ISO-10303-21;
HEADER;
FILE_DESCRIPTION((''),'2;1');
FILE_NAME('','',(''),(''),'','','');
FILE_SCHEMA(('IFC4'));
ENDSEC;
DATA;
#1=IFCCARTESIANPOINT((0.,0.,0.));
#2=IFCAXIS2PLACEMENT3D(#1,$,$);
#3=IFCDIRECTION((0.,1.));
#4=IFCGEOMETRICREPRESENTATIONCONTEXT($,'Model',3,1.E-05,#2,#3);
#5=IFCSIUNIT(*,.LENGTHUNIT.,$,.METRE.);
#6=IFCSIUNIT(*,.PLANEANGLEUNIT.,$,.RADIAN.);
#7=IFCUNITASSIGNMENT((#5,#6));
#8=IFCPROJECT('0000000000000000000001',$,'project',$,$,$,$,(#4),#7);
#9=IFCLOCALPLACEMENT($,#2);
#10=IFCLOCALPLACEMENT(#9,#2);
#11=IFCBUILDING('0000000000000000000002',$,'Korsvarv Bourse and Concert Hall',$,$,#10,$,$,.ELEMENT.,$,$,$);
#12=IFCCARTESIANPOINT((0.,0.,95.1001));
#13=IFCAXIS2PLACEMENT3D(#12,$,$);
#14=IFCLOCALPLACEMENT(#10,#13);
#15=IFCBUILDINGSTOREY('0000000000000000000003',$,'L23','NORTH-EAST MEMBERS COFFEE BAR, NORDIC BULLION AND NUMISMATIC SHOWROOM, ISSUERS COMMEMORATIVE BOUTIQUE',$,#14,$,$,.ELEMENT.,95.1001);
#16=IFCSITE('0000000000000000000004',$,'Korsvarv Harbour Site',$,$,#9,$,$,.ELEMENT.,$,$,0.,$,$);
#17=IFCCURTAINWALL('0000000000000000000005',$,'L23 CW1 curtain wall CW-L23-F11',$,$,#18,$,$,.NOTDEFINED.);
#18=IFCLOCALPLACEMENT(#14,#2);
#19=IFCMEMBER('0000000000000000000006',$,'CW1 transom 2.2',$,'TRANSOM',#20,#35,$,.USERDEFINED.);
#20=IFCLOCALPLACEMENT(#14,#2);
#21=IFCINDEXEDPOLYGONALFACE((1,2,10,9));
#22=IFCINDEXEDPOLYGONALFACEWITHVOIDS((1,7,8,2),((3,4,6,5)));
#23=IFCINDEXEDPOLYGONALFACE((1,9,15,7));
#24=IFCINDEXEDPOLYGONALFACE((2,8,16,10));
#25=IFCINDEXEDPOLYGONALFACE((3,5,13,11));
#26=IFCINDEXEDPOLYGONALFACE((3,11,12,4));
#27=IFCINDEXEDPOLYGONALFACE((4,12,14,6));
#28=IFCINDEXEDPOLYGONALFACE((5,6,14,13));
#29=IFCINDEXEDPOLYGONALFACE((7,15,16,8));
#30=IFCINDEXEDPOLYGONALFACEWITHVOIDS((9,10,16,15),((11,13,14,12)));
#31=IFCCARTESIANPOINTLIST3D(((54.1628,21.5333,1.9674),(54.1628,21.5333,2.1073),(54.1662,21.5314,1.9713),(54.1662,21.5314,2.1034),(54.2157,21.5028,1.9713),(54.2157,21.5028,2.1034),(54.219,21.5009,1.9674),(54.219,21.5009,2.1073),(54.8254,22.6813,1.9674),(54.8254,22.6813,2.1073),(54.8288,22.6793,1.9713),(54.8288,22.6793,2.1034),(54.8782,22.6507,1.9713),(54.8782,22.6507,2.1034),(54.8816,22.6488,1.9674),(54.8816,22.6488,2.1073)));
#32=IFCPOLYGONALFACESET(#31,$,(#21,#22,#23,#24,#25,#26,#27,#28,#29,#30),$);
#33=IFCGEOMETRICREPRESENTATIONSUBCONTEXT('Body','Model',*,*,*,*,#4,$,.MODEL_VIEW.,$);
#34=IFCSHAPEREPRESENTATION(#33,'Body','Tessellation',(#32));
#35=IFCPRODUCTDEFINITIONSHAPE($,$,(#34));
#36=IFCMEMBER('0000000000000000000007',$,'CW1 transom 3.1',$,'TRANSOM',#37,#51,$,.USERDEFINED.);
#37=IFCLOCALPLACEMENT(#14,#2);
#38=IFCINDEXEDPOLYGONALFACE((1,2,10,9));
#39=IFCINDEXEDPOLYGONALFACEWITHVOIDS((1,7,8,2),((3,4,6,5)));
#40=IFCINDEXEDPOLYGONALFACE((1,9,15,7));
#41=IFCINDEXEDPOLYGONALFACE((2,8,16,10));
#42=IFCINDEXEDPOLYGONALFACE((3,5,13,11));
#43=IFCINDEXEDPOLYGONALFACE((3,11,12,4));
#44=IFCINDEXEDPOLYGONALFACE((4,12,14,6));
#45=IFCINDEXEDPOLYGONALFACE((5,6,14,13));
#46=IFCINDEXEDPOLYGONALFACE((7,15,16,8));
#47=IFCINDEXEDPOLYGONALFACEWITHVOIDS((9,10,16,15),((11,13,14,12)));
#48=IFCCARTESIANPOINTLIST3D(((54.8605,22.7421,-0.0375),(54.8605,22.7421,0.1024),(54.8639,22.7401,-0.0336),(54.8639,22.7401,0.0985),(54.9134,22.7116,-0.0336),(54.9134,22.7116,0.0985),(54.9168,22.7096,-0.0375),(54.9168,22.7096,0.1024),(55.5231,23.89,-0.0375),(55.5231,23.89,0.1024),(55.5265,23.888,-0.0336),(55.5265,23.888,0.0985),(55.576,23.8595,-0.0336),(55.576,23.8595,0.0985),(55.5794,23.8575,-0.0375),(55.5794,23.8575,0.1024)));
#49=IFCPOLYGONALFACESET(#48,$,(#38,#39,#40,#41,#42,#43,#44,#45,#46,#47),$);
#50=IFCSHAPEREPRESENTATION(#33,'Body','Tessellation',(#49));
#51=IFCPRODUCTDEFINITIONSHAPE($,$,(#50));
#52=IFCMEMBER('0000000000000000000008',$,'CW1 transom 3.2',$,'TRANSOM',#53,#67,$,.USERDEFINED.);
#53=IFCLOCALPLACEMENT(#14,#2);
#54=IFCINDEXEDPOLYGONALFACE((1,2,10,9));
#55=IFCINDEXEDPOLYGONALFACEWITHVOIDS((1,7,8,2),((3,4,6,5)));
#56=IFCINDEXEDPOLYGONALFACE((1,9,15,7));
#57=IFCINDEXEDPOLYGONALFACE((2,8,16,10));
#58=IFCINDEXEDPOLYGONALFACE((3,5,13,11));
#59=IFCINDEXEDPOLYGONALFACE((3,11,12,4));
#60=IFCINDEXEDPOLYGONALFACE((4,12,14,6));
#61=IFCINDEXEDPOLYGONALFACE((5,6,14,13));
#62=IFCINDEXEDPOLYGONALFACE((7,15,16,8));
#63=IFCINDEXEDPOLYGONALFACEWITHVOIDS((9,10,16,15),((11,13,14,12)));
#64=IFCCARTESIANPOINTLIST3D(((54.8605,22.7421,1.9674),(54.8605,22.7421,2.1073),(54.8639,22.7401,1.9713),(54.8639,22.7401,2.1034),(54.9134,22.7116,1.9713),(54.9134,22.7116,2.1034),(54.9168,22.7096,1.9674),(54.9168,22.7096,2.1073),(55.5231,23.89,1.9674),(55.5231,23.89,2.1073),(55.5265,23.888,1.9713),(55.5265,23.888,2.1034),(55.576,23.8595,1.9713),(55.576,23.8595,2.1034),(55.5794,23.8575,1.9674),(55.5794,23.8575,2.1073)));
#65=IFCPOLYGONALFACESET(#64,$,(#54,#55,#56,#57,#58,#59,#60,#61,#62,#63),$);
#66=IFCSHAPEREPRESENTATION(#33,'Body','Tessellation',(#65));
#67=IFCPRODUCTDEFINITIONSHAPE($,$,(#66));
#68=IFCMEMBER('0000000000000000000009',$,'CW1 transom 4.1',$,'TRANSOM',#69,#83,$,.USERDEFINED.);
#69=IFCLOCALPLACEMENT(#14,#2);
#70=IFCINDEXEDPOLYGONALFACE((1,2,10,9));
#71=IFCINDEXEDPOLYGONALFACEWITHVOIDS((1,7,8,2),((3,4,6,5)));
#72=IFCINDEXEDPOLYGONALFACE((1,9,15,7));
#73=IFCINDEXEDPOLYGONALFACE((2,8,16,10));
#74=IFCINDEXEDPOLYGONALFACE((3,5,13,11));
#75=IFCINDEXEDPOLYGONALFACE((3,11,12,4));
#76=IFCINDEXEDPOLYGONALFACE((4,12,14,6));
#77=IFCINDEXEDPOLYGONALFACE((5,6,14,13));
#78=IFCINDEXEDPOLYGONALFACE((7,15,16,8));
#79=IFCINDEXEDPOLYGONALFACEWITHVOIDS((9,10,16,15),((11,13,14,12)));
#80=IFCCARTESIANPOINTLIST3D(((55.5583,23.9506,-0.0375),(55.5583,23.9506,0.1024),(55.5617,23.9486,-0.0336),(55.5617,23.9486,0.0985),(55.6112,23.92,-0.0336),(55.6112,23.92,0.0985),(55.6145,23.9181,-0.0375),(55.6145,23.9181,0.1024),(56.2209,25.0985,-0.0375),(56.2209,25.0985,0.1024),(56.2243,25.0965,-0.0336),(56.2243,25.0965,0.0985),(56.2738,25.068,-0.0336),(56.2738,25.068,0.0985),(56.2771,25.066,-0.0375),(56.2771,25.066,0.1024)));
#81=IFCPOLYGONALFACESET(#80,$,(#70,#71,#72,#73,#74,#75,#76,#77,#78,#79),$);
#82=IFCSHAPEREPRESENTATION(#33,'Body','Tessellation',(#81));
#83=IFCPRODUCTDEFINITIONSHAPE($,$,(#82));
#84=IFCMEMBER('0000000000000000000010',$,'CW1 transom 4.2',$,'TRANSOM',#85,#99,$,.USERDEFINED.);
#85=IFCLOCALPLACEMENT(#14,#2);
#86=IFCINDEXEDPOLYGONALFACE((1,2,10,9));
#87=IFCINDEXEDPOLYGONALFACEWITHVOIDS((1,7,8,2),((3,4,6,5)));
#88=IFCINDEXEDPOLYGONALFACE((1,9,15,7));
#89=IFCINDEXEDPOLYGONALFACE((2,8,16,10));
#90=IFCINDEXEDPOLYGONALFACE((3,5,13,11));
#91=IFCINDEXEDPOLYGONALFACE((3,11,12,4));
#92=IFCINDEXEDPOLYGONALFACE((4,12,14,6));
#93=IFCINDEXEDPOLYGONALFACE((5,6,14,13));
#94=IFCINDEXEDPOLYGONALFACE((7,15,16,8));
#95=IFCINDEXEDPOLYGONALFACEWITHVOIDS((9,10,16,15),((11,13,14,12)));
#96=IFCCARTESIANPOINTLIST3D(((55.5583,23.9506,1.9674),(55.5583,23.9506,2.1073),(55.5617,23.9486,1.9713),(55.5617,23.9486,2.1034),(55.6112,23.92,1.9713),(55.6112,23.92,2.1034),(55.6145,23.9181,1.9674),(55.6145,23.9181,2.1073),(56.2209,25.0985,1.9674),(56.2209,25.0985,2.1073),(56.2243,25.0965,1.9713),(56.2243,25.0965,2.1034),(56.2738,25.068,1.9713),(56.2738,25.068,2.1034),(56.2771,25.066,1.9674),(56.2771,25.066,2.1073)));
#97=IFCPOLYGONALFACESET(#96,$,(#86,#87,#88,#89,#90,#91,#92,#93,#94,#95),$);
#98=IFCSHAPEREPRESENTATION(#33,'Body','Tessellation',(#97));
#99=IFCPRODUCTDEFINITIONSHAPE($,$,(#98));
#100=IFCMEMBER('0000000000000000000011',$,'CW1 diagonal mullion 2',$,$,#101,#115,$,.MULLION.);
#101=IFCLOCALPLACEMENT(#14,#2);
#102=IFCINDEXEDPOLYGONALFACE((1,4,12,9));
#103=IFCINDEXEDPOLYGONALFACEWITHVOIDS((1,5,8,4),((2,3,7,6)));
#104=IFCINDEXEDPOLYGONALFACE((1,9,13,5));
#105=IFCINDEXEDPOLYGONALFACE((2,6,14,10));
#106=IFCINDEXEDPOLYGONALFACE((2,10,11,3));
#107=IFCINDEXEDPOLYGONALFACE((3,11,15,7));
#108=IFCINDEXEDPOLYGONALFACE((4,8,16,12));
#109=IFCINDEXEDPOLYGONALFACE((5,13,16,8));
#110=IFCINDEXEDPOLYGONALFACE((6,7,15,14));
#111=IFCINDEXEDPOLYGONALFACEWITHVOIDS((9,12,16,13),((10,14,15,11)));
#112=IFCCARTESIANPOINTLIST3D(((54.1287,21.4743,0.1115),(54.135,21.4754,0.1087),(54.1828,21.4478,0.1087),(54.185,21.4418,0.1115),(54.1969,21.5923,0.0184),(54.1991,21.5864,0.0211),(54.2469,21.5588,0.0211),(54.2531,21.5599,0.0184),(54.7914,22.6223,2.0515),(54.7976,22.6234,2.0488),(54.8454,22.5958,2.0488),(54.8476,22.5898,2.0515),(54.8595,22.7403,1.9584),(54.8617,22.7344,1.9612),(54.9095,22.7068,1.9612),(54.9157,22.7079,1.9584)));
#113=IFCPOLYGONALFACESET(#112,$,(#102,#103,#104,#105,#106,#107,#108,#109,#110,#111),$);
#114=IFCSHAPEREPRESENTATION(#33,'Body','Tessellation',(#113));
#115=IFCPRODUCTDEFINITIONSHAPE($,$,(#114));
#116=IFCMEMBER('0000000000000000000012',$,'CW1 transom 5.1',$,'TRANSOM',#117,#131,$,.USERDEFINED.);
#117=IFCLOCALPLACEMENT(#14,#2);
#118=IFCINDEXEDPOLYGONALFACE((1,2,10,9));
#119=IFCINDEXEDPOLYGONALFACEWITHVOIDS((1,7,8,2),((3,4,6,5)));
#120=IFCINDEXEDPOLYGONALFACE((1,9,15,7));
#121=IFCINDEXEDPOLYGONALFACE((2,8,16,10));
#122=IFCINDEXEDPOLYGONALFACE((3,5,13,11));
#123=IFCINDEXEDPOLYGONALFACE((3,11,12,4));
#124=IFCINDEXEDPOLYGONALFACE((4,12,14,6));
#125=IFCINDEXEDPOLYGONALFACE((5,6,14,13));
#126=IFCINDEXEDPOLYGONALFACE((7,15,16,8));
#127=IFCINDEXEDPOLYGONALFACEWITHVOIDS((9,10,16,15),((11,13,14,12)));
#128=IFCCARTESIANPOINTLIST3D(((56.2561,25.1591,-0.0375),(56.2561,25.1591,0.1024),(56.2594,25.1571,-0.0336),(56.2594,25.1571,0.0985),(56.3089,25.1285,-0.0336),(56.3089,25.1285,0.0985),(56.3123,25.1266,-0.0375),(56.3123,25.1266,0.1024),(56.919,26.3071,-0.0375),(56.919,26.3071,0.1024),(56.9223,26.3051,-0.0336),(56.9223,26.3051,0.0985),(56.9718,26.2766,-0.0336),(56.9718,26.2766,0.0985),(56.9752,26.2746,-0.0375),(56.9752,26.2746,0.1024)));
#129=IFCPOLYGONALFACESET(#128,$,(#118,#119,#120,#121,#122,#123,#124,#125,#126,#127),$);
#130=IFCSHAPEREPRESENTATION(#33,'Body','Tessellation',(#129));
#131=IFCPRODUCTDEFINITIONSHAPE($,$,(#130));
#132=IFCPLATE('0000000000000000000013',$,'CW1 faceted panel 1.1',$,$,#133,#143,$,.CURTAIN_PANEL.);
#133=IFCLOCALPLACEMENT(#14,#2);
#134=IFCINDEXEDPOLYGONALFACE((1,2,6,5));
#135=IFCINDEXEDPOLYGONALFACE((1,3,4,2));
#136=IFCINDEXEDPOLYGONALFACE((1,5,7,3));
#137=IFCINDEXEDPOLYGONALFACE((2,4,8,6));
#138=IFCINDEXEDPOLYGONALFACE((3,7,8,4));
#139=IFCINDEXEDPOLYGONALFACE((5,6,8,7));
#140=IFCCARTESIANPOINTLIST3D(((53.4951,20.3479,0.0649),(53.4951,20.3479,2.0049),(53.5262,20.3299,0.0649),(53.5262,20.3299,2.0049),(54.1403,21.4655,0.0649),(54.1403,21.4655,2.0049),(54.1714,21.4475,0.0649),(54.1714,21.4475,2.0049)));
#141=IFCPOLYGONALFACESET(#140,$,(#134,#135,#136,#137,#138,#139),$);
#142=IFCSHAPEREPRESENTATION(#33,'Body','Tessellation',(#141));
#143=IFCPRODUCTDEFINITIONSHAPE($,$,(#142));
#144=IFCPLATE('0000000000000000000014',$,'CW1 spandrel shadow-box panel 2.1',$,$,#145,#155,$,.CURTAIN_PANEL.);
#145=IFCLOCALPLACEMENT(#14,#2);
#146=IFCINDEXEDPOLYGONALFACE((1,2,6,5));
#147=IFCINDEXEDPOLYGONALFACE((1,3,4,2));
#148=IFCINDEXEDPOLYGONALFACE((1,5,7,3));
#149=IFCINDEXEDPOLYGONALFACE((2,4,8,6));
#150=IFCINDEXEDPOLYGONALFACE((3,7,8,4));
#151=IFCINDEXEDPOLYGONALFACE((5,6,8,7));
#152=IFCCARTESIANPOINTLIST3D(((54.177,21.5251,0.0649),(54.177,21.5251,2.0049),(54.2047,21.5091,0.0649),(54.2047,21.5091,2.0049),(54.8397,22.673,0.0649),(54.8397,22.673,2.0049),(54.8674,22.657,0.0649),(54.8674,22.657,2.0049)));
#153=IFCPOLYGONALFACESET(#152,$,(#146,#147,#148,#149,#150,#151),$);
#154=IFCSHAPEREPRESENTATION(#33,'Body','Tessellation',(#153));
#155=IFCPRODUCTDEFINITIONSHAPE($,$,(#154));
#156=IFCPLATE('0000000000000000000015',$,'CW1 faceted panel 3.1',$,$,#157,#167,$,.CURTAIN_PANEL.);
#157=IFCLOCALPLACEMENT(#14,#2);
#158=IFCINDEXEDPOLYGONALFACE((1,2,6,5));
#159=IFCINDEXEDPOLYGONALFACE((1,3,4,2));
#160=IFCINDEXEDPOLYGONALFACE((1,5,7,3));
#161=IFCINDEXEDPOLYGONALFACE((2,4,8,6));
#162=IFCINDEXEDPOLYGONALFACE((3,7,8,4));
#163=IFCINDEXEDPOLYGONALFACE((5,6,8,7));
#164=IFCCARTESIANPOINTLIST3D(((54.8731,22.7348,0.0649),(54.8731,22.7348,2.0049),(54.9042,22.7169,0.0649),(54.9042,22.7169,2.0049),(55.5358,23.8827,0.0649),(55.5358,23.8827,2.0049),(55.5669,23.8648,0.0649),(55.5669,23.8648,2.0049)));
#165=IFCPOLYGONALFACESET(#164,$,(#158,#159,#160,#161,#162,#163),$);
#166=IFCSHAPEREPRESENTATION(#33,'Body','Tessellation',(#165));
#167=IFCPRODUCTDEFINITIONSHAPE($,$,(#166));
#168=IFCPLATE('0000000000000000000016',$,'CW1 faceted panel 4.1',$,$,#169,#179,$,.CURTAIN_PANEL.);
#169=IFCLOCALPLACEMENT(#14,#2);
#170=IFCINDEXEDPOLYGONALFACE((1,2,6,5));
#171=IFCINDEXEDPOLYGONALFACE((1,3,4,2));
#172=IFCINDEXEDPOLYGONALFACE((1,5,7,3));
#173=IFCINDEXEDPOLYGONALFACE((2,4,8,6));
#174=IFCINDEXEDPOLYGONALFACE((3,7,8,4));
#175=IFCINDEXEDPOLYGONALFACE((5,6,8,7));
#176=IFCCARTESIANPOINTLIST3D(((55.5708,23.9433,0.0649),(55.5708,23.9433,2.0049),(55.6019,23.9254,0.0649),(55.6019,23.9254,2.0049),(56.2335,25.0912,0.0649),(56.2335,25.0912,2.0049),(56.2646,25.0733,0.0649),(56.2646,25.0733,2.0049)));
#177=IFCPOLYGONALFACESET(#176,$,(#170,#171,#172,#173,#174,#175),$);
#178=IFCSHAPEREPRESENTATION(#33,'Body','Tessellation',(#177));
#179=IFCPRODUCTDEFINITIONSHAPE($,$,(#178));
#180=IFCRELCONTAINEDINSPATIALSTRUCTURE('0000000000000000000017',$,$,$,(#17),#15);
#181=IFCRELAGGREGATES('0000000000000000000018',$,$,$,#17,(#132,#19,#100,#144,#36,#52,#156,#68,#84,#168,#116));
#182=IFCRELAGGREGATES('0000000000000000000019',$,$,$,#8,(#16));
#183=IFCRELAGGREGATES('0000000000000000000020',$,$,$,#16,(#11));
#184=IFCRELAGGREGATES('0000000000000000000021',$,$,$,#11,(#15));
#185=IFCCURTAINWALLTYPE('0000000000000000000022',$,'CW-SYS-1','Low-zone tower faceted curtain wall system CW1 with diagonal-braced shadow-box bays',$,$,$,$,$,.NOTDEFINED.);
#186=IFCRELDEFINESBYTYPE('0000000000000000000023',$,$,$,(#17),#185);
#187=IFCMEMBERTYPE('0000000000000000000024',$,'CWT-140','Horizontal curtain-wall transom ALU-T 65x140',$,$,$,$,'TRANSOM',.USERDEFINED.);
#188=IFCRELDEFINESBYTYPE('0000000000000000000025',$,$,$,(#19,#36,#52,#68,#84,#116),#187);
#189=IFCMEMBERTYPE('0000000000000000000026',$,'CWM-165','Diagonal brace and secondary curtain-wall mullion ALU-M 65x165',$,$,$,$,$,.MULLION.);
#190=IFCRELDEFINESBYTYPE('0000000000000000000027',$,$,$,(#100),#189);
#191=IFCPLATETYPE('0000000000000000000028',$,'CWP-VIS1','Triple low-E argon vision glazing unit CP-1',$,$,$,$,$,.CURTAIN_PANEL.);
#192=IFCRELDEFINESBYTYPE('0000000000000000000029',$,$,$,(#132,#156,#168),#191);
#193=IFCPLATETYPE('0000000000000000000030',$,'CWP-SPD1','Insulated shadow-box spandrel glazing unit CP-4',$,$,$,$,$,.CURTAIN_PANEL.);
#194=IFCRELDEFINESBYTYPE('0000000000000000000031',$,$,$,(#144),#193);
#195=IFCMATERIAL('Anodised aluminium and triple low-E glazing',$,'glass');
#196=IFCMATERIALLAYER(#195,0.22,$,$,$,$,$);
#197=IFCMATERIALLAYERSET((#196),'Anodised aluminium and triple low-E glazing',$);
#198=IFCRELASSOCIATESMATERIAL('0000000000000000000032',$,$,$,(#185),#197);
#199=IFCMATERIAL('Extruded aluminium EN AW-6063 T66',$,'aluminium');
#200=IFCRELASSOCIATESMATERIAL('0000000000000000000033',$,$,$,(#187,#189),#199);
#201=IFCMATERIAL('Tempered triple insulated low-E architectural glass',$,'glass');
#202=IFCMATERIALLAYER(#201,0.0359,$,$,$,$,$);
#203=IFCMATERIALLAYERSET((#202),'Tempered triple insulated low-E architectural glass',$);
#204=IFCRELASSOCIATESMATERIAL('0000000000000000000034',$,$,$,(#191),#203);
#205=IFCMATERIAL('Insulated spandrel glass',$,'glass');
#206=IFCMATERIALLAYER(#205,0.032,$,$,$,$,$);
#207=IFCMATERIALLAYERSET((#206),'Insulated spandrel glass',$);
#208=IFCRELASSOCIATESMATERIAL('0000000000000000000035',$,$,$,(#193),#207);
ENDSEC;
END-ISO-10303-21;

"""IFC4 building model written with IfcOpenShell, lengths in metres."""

from ifc_helpers import new_model, si_unit, direction, frame, origin, origin_2d, place, context, subcontext, project, spatial, rectangle, hollow_rectangle, extrude, source, transform, mapped, material, layer, layer_set, material_profile, profile_set, type_object, element, aggregate, save


model = new_model("IFC4")

# Units and contexts
model_context = context("Model", 3, precision=1e-05, world=origin(), true_north=direction((0.0, 1.0)))
body_context = subcontext(model_context, "Body", "Model", "MODEL_VIEW")
ifc_project = project(units=[si_unit("LENGTHUNIT", "METRE"), si_unit("PLANEANGLEUNIT", "RADIAN")], contexts=[model_context])

# Site, building, storey
site_placement = place(None, origin())
site = spatial("IfcSite", under=ifc_project, at=site_placement, Name="Korsvarv Harbour Site", CompositionType="ELEMENT", RefElevation=0.0)
building_placement = place(site_placement, origin())
building = spatial("IfcBuilding", under=site, at=building_placement, Name="Korsvarv Bourse and Concert Hall", CompositionType="ELEMENT")
storey_placement = place(building_placement, frame((0.0, 0.0, 95.1001)))
storey = spatial("IfcBuildingStorey", under=building, at=storey_placement, Name="L23", Description="NORTH-EAST MEMBERS COFFEE BAR, NORDIC BULLION AND NUMISMATIC SHOWROOM, ISSUERS COMMEMORATIVE BOUTIQUE", CompositionType="ELEMENT", Elevation=95.1001)

# Curtain wall, members, plates
ifc_material_1 = material(Name="Anodised aluminium and triple low-E glazing", Category="glass")
ifc_layer_1 = layer(ifc_material_1, 0.22)
ifc_layer_set_1 = layer_set([ifc_layer_1], Name="Anodised aluminium and triple low-E glazing")
curtain_wall_type = type_object("IfcCurtainWallType", Name="CW-SYS-1", Description="Low-zone tower faceted curtain wall system CW1 with diagonal-braced shadow-box bays", PredefinedType="NOTDEFINED", material=ifc_layer_set_1)
curtain_wall_placement = place(storey_placement, origin())
curtain_wall = element("IfcCurtainWall", 1, at=curtain_wall_placement, inside=storey, type_object=curtain_wall_type, Name="L23 CW1 curtain wall CW-L23-F11", PredefinedType="NOTDEFINED")
ifc_material_2 = material(Name="Extruded aluminium EN AW-6063 T66", Category="aluminium")
ifc_material_profile_1 = material_profile(ifc_material_2, hollow_rectangle(XDim=0.0649, YDim=0.1399, WallThickness=0.0039, at=origin_2d()), Name="ALU-T 65x140")
ifc_profile_set_1 = profile_set([ifc_material_profile_1], Name="Extruded aluminium EN AW-6063 T66")
member_type_1 = type_object("IfcMemberType", Name="CWT-140", Description="Horizontal curtain-wall transom ALU-T 65x140", ElementType="TRANSOM", PredefinedType="USERDEFINED", material=ifc_profile_set_1)
shared_shape_1 = source(origin(), body_context, "Body", "SweptSolid", [
    extrude(hollow_rectangle(XDim=0.0649, YDim=0.1399, WallThickness=0.0039, at=origin_2d()), origin(), (0.0, 0.0, 1.0), 1.3254),
])
member_1_placement = place(storey_placement, frame((54.1909, 21.5171, 2.0374), z_axis=(0.499903, 0.866081, 0.0), x_axis=(-0.866081, 0.499903, 0.0)))
member_1 = element("IfcMember", 2, at=member_1_placement, type_object=member_type_1, Name="CW1 transom 2.2", ObjectType="TRANSOM", PredefinedType="USERDEFINED", context=body_context, shape_type="MappedRepresentation", body=[
    mapped(shared_shape_1, transform((0.0, 0.0, 0.0), scale=1.0)),
])
member_2_placement = place(storey_placement, frame((54.8887, 22.7258, 0.0325), z_axis=(0.499903, 0.866081, 0.0), x_axis=(-0.866081, 0.499903, 0.0)))
member_2 = element("IfcMember", 3, at=member_2_placement, type_object=member_type_1, Name="CW1 transom 3.1", ObjectType="TRANSOM", PredefinedType="USERDEFINED", context=body_context, shape_type="MappedRepresentation", body=[
    mapped(shared_shape_1, transform((0.0, 0.0, 0.0), scale=1.0)),
])
member_3_placement = place(storey_placement, frame((54.8887, 22.7258, 2.0374), z_axis=(0.499903, 0.866081, 0.0), x_axis=(-0.866081, 0.499903, 0.0)))
member_3 = element("IfcMember", 4, at=member_3_placement, type_object=member_type_1, Name="CW1 transom 3.2", ObjectType="TRANSOM", PredefinedType="USERDEFINED", context=body_context, shape_type="MappedRepresentation", body=[
    mapped(shared_shape_1, transform((0.0, 0.0, 0.0), scale=1.0)),
])
member_4_placement = place(storey_placement, frame((55.5864, 23.9343, 0.0325), z_axis=(0.499903, 0.866081, 0.0), x_axis=(-0.866081, 0.499903, 0.0)))
member_4 = element("IfcMember", 5, at=member_4_placement, type_object=member_type_1, Name="CW1 transom 4.1", ObjectType="TRANSOM", PredefinedType="USERDEFINED", context=body_context, shape_type="MappedRepresentation", body=[
    mapped(shared_shape_1, transform((0.0, 0.0, 0.0), scale=1.0)),
])
member_5_placement = place(storey_placement, frame((55.5864, 23.9343, 2.0374), z_axis=(0.499903, 0.866081, 0.0), x_axis=(-0.866081, 0.499903, 0.0)))
member_5 = element("IfcMember", 6, at=member_5_placement, type_object=member_type_1, Name="CW1 transom 4.2", ObjectType="TRANSOM", PredefinedType="USERDEFINED", context=body_context, shape_type="MappedRepresentation", body=[
    mapped(shared_shape_1, transform((0.0, 0.0, 0.0), scale=1.0)),
])
ifc_material_profile_2 = material_profile(ifc_material_2, hollow_rectangle(XDim=0.0649, YDim=0.165, WallThickness=0.0049, at=origin_2d()), Name="ALU-M 65x165")
ifc_profile_set_2 = profile_set([ifc_material_profile_2], Name="Extruded aluminium EN AW-6063 T66")
member_type_2 = type_object("IfcMemberType", Name="CWM-165", Description="Diagonal brace and secondary curtain-wall mullion ALU-M 65x165", PredefinedType="MULLION", material=ifc_profile_set_2)
shared_shape_2 = source(origin(), body_context, "Body", "SweptSolid", [
    extrude(hollow_rectangle(XDim=0.0649, YDim=0.165, WallThickness=0.0049, at=origin_2d()), origin(), (0.0, 0.0, 1.0), 2.3496),
])
member_6_placement = place(storey_placement, frame((54.1909, 21.5171, 0.0649), z_axis=(0.282015, 0.488591, 0.825679), x_axis=(-0.866081, 0.499903, 0.0)))
member_6 = element("IfcMember", 7, at=member_6_placement, type_object=member_type_2, Name="CW1 diagonal mullion 2", PredefinedType="MULLION", context=body_context, shape_type="MappedRepresentation", body=[
    mapped(shared_shape_2, transform((0.0, 0.0, 0.0), scale=1.0)),
])
shared_shape_3 = source(origin(), body_context, "Body", "SweptSolid", [
    extrude(hollow_rectangle(XDim=0.0649, YDim=0.1399, WallThickness=0.0039, at=origin_2d()), origin(), (0.0, 0.0, 1.0), 1.3257),
])
member_7_placement = place(storey_placement, frame((56.2842, 25.1428, 0.0325), z_axis=(0.500041, 0.866002, 0.0), x_axis=(-0.866002, 0.500041, 0.0)))
member_7 = element("IfcMember", 8, at=member_7_placement, type_object=member_type_1, Name="CW1 transom 5.1", ObjectType="TRANSOM", PredefinedType="USERDEFINED", context=body_context, shape_type="MappedRepresentation", body=[
    mapped(shared_shape_3, transform((0.0, 0.0, 0.0), scale=1.0)),
])
ifc_material_3 = material(Name="Tempered triple insulated low-E architectural glass", Category="glass")
ifc_layer_2 = layer(ifc_material_3, 0.0359)
ifc_layer_set_2 = layer_set([ifc_layer_2], Name="Tempered triple insulated low-E architectural glass")
plate_type_1 = type_object("IfcPlateType", Name="CWP-VIS1", Description="Triple low-E argon vision glazing unit CP-1", PredefinedType="CURTAIN_PANEL", material=ifc_layer_set_2)
shared_shape_4 = source(origin(), body_context, "Body", "SweptSolid", [
    extrude(rectangle(XDim=1.2905, YDim=0.0359, at=origin_2d()), origin(), (0.0, 0.0, 1.0), 1.9399),
])
plate_1_placement = place(storey_placement, frame((53.8333, 20.8977, 0.0649), z_axis=(0.0, 0.0, 1.0), x_axis=(0.499999, 0.866026, 0.0)))
plate_1 = element("IfcPlate", 9, at=plate_1_placement, type_object=plate_type_1, Name="CW1 faceted panel 1.1", PredefinedType="CURTAIN_PANEL", context=body_context, shape_type="MappedRepresentation", body=[
    mapped(shared_shape_4, transform((0.0, 0.0, 0.0), scale=1.0)),
])
ifc_material_4 = material(Name="Insulated spandrel glass", Category="glass")
ifc_layer_3 = layer(ifc_material_4, 0.032)
ifc_layer_set_3 = layer_set([ifc_layer_3], Name="Insulated spandrel glass")
plate_type_2 = type_object("IfcPlateType", Name="CWP-SPD1", Description="Insulated shadow-box spandrel glazing unit CP-4", PredefinedType="CURTAIN_PANEL", material=ifc_layer_set_3)
shared_shape_5 = source(origin(), body_context, "Body", "SweptSolid", [
    extrude(rectangle(XDim=1.3254, YDim=0.032, at=origin_2d()), origin(), (0.0, 0.0, 1.0), 1.9399),
])
plate_2_placement = place(storey_placement, frame((54.5222, 22.0911, 0.0649), z_axis=(0.0, 0.0, 1.0), x_axis=(0.499999, 0.866026, 0.0)))
plate_2 = element("IfcPlate", 10, at=plate_2_placement, type_object=plate_type_2, Name="CW1 spandrel shadow-box panel 2.1", PredefinedType="CURTAIN_PANEL", context=body_context, shape_type="MappedRepresentation", body=[
    mapped(shared_shape_5, transform((0.0, 0.0, 0.0), scale=1.0)),
])
shared_shape_6 = source(origin(), body_context, "Body", "SweptSolid", [
    extrude(rectangle(XDim=1.3254, YDim=0.0359, at=origin_2d()), origin(), (0.0, 0.0, 1.0), 1.9399),
])
plate_3_placement = place(storey_placement, frame((55.22, 23.2998, 0.0649), z_axis=(0.0, 0.0, 1.0), x_axis=(0.499999, 0.866026, 0.0)))
plate_3 = element("IfcPlate", 11, at=plate_3_placement, type_object=plate_type_1, Name="CW1 faceted panel 3.1", PredefinedType="CURTAIN_PANEL", context=body_context, shape_type="MappedRepresentation", body=[
    mapped(shared_shape_6, transform((0.0, 0.0, 0.0), scale=1.0)),
])
plate_4_placement = place(storey_placement, frame((55.9177, 24.5083, 0.0649), z_axis=(0.0, 0.0, 1.0), x_axis=(0.499999, 0.866026, 0.0)))
plate_4 = element("IfcPlate", 12, at=plate_4_placement, type_object=plate_type_1, Name="CW1 faceted panel 4.1", PredefinedType="CURTAIN_PANEL", context=body_context, shape_type="MappedRepresentation", body=[
    mapped(shared_shape_6, transform((0.0, 0.0, 0.0), scale=1.0)),
])
aggregate(curtain_wall, [plate_1, member_1, member_6, plate_2, member_2, member_3, plate_3, member_4, member_5, plate_4, member_7])

save(model, "model.ifc")
